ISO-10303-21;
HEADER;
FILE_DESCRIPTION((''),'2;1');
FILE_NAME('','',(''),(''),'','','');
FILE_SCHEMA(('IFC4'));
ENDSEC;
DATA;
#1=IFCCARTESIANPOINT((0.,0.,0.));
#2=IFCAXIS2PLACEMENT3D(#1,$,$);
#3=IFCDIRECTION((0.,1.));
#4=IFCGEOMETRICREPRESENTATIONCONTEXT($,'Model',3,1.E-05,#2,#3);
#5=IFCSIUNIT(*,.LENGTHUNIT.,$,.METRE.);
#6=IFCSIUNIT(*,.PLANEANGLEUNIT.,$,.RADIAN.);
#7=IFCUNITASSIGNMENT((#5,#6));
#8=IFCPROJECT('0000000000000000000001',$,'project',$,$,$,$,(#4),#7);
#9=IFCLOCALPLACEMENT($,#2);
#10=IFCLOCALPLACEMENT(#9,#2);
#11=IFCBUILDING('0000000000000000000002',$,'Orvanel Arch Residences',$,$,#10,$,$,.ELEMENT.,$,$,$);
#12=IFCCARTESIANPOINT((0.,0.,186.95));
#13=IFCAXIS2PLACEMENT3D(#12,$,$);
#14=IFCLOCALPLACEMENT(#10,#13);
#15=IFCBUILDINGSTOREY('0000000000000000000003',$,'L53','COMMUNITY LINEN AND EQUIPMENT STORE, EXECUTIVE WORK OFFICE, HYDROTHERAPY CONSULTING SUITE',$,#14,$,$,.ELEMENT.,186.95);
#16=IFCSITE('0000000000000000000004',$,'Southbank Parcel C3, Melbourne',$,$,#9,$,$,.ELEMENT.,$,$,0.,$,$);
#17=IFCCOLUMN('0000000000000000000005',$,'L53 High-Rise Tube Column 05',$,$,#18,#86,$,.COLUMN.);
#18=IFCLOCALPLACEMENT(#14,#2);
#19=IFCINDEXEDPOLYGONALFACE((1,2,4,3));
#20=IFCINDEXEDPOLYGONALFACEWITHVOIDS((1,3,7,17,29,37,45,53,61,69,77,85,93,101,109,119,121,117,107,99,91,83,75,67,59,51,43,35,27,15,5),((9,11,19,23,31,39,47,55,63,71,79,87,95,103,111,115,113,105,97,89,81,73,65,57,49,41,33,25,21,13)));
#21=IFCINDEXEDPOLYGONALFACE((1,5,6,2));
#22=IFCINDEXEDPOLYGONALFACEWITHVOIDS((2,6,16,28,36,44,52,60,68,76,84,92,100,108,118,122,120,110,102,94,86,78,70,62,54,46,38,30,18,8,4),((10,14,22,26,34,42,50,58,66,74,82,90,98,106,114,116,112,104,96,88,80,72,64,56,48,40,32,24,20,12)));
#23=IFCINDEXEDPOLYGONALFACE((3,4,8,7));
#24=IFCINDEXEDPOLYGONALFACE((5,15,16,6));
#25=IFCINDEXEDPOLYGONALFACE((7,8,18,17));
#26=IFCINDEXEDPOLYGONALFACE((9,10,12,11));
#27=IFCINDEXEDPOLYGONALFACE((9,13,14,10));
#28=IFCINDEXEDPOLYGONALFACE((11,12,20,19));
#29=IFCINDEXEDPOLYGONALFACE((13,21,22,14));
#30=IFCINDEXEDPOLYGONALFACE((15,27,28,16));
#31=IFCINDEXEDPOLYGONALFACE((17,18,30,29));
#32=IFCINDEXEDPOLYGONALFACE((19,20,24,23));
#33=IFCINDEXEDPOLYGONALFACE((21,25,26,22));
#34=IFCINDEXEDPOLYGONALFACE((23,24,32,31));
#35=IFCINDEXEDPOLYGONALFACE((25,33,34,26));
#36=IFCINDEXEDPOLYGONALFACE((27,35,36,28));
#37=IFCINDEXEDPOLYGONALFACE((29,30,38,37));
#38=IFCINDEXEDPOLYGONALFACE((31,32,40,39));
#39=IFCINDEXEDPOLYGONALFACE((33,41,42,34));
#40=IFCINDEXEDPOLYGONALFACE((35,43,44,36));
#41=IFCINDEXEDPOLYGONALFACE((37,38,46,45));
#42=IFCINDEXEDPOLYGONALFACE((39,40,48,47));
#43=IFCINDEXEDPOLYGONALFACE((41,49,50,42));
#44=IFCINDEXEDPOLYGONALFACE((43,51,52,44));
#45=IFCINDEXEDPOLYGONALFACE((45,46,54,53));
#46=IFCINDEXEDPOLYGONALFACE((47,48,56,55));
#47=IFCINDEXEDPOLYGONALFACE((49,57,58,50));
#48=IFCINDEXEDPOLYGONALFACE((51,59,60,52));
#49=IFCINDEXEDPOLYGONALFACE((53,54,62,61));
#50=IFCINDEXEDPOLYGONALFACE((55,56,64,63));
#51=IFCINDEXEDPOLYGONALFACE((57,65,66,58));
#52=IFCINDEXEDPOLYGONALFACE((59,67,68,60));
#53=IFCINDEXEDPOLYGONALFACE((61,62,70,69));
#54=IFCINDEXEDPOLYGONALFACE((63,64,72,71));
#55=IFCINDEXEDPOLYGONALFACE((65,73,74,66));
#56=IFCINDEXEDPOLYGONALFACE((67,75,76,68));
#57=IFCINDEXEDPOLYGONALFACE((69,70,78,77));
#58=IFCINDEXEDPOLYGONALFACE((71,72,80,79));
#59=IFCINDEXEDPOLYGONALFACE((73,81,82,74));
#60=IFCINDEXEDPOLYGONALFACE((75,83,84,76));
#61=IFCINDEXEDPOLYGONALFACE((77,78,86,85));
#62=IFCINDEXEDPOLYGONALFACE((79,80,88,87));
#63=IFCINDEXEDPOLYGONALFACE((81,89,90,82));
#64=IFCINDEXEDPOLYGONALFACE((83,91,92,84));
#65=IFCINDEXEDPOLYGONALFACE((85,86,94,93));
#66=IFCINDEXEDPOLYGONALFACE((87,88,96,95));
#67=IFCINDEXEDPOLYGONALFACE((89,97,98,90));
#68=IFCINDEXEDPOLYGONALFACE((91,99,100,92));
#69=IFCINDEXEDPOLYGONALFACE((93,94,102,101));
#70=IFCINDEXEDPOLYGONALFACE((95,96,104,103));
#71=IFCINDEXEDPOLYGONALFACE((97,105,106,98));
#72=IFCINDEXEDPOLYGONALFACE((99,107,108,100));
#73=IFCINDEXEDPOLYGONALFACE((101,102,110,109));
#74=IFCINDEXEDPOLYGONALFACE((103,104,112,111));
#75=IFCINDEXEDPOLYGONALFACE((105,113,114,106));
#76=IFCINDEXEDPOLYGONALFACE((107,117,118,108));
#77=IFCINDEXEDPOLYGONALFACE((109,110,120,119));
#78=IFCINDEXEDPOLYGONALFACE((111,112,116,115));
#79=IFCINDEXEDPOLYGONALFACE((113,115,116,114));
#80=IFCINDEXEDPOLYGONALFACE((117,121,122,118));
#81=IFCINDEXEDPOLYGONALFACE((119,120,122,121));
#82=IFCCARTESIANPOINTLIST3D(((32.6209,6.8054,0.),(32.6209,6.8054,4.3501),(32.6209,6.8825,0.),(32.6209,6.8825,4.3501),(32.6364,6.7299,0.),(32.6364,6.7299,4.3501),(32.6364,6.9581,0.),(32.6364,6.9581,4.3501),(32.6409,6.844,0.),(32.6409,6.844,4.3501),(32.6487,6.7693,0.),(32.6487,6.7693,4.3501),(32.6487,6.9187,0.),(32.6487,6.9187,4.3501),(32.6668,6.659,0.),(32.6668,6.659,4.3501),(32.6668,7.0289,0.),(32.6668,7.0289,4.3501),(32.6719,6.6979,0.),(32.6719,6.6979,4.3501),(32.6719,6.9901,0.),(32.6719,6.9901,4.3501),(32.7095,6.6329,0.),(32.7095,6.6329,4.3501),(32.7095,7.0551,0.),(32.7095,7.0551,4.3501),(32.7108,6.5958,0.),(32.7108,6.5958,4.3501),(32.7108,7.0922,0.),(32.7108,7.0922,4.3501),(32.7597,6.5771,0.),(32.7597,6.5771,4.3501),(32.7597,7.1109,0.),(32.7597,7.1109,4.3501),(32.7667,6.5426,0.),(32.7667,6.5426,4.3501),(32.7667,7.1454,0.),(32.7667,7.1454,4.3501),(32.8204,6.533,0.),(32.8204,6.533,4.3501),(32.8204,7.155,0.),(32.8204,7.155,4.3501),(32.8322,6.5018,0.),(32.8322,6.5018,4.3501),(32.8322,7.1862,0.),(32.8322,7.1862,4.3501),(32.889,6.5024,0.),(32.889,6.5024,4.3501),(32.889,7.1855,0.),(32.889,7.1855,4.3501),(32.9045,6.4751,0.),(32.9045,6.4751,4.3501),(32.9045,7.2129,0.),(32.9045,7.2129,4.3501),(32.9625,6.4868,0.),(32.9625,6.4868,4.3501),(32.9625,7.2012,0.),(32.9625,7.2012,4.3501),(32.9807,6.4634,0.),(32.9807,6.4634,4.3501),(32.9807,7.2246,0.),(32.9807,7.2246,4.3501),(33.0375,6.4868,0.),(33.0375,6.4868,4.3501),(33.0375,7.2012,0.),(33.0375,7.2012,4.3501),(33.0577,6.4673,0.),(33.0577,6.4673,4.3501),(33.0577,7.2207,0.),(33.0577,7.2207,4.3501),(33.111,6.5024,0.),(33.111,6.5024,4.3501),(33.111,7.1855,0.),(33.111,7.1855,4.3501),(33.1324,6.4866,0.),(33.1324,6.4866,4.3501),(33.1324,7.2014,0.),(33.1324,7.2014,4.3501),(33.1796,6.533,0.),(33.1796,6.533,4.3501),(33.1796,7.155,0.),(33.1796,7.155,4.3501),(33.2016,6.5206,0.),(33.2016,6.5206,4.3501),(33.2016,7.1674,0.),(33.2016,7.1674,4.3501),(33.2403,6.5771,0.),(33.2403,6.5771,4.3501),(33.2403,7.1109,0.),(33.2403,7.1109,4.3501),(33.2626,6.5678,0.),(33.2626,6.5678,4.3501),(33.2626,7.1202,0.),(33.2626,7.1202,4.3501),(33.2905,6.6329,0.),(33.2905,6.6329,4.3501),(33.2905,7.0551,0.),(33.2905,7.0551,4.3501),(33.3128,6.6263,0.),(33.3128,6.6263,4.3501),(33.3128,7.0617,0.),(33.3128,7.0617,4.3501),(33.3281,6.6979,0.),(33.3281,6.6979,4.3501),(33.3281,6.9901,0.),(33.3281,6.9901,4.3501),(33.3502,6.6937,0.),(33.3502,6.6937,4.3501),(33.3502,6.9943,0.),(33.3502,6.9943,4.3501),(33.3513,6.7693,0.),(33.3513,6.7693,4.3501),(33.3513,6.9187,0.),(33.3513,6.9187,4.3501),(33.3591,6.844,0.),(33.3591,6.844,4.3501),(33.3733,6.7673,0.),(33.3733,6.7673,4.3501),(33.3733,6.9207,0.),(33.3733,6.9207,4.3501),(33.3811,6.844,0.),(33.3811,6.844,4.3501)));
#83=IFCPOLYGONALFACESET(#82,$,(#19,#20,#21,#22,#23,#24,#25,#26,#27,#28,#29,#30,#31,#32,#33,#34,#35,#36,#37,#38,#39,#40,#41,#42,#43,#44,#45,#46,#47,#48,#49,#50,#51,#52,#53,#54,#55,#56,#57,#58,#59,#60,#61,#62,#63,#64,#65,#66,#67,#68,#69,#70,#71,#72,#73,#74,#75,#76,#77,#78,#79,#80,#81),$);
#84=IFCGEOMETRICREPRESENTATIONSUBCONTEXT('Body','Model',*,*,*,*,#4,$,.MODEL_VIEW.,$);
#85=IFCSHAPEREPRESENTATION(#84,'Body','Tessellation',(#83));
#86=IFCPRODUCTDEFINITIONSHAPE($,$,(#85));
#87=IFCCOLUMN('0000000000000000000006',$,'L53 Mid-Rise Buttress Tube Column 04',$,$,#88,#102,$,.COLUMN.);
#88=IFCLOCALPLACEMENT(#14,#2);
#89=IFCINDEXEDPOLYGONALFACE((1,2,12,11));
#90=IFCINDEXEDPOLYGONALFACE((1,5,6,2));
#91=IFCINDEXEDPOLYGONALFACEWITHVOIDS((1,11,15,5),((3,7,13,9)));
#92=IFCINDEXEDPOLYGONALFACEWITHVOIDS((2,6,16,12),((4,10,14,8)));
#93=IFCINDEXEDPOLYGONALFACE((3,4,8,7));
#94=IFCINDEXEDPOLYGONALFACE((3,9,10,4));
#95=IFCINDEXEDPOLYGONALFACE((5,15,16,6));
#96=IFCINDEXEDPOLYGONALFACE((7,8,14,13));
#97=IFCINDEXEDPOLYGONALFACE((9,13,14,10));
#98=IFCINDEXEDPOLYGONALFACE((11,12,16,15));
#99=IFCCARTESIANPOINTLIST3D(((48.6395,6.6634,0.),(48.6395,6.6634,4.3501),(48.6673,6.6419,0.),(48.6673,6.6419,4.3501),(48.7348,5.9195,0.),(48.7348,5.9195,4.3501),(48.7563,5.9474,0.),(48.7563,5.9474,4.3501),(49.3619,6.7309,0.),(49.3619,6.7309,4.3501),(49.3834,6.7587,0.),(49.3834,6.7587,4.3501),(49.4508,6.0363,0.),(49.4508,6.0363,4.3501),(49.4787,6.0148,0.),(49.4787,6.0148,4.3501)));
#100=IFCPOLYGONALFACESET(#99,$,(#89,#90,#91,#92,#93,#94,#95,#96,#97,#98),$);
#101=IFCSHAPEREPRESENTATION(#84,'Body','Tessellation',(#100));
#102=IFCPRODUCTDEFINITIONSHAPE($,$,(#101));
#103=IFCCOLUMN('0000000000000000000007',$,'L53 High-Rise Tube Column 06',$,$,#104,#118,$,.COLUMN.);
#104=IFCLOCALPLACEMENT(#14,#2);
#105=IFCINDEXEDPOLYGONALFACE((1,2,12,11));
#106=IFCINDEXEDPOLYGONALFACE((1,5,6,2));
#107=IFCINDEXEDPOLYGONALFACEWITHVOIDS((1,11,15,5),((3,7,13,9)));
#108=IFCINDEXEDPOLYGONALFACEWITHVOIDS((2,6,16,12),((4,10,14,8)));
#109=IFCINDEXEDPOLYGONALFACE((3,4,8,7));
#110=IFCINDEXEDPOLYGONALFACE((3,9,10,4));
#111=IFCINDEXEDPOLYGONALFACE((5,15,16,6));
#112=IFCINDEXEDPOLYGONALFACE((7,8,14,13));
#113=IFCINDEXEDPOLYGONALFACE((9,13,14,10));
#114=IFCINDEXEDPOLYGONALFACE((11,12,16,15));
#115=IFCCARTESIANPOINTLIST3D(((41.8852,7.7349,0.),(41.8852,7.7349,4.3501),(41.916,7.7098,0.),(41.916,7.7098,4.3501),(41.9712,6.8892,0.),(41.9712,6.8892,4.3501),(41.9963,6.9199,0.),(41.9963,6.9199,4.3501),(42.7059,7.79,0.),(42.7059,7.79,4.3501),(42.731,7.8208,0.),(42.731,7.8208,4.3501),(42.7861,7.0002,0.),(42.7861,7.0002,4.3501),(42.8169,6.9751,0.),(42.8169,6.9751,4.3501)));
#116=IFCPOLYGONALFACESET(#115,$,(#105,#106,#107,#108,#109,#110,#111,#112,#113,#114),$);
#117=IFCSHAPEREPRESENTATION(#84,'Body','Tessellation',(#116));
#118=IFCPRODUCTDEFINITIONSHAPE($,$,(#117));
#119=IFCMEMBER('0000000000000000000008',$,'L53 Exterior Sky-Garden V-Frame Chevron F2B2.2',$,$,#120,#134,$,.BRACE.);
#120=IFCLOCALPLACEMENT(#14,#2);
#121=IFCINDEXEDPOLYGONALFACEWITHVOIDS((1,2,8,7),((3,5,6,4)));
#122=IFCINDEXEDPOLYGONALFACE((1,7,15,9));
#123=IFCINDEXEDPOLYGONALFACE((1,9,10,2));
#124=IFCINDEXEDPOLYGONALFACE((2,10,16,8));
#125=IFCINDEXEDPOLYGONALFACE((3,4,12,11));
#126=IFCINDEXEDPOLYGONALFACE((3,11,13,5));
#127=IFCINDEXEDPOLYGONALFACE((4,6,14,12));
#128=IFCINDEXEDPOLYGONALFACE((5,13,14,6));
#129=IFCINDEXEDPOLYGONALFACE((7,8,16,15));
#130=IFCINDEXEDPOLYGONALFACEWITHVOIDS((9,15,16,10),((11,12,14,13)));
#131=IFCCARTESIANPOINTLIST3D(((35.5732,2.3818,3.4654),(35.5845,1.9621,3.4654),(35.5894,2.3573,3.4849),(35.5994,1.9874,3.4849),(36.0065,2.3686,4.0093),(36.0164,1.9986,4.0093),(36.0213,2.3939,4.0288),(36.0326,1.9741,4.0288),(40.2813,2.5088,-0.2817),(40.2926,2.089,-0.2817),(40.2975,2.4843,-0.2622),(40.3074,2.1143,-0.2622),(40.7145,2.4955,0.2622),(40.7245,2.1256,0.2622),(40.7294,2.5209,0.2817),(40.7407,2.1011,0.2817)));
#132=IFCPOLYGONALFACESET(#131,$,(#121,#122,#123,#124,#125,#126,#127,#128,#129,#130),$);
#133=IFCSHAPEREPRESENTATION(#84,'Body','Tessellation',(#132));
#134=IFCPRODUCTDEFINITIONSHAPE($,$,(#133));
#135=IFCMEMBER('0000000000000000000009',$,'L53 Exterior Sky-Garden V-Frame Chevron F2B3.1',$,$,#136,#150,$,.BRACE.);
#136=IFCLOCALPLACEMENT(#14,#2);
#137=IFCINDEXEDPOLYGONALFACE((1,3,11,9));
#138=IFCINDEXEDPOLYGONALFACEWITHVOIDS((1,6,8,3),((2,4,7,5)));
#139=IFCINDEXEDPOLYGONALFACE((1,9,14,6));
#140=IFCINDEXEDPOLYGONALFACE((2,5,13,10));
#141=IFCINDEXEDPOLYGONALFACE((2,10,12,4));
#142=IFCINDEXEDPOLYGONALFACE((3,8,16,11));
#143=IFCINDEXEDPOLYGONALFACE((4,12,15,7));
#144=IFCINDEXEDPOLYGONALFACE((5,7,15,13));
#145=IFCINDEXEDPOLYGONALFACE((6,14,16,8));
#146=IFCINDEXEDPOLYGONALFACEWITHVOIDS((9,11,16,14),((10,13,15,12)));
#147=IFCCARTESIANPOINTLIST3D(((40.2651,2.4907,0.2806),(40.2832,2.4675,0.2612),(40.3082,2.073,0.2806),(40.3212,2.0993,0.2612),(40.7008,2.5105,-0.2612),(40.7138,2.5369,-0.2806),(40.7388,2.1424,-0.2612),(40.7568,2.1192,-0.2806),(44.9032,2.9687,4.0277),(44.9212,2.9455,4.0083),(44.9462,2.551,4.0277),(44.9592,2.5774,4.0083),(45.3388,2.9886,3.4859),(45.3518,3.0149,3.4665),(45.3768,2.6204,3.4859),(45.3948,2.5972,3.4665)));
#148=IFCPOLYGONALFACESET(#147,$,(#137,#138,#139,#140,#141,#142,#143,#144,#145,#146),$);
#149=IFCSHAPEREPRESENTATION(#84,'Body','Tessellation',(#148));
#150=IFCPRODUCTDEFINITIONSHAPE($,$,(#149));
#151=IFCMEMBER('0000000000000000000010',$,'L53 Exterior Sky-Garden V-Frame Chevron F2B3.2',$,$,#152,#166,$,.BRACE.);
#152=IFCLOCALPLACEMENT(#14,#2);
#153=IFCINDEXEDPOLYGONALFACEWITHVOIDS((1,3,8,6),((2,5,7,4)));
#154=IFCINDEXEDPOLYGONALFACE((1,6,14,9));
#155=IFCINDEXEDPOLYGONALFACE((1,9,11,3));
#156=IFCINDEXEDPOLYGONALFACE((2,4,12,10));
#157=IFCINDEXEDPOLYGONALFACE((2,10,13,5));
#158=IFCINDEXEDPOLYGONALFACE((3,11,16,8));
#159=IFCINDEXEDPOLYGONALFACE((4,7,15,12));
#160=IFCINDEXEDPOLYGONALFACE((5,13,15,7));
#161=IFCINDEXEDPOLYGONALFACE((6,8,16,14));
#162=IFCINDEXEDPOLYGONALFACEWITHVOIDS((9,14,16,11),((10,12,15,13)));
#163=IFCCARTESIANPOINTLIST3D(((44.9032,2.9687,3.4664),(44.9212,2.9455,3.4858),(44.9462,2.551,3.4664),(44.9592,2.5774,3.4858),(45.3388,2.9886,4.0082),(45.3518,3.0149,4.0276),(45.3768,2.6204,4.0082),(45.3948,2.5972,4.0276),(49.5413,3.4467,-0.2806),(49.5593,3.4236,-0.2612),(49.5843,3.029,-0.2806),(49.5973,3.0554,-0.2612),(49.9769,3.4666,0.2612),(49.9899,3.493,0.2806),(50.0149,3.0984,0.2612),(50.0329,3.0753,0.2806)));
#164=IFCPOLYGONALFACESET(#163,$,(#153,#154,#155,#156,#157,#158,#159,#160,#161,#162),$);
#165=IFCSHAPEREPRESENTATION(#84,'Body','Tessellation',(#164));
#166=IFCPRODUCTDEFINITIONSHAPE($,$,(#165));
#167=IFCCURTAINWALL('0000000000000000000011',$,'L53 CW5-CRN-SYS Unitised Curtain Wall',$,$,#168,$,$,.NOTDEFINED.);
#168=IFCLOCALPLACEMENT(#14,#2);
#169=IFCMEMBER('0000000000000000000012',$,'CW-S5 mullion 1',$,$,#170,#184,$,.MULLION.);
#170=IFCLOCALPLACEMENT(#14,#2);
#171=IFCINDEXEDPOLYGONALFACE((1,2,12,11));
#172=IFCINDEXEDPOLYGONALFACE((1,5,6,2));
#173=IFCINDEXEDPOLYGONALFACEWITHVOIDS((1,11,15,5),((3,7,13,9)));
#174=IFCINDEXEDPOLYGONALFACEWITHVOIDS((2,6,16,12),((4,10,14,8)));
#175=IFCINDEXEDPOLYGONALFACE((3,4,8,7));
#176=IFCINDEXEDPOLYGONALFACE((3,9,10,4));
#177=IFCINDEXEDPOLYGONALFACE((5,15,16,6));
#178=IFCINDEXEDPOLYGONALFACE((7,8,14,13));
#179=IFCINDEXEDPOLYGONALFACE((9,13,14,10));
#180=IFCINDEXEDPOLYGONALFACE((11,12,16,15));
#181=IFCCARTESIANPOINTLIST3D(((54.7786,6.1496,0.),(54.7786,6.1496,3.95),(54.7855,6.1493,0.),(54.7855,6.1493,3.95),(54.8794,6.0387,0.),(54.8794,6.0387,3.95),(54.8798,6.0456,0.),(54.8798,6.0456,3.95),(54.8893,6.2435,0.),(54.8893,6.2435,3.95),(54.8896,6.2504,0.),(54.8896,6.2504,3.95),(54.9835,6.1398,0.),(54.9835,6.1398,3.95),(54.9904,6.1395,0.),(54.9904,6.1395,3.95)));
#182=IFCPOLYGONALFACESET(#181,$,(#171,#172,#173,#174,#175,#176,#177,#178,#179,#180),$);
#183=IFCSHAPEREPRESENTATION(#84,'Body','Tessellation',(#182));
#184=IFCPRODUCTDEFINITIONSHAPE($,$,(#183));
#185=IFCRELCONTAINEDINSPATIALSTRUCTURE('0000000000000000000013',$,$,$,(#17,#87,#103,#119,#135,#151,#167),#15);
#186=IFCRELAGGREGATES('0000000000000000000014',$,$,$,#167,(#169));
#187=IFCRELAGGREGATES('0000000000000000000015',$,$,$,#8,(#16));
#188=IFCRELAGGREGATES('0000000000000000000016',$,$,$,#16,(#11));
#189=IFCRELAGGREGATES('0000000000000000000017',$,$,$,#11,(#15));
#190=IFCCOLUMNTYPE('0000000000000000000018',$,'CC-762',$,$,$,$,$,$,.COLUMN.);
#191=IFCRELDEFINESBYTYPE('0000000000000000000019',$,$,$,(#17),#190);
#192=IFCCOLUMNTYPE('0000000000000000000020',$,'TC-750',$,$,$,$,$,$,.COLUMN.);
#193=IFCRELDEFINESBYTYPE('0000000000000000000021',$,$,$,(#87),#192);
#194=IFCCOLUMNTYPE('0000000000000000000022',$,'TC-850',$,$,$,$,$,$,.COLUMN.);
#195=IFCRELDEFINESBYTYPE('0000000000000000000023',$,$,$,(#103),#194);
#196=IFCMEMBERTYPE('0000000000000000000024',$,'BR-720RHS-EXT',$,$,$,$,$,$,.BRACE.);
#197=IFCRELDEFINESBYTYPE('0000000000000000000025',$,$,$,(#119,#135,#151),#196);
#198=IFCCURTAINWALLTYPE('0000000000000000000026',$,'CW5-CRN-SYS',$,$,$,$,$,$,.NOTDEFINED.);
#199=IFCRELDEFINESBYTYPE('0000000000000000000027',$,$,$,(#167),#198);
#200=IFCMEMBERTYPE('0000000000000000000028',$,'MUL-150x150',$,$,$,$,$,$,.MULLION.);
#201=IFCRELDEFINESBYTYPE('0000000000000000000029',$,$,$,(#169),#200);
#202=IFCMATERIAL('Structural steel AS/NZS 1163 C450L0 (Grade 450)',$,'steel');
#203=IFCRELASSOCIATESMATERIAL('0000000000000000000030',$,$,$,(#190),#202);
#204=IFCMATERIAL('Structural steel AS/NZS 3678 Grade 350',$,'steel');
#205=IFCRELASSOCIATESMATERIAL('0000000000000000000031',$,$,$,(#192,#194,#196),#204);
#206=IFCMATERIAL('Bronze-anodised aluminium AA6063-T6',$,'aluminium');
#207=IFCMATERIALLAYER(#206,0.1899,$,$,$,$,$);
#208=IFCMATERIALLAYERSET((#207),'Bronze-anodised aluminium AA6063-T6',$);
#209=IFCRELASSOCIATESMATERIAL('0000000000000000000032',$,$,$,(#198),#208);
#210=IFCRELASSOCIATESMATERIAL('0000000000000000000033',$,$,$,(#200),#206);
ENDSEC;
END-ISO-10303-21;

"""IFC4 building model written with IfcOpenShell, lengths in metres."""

from ifc_helpers import new_model, si_unit, direction, frame, origin, origin_2d, place, context, subcontext, project, spatial, hollow_rectangle, hollow_circle, extrude, material, layer, layer_set, material_profile, profile_set, type_object, element, aggregate, save


model = new_model("IFC4")

# Units and contexts
model_context = context("Model", 3, precision=1e-05, world=origin(), true_north=direction((0.0, 1.0)))
body_context = subcontext(model_context, "Body", "Model", "MODEL_VIEW")
ifc_project = project(units=[si_unit("LENGTHUNIT", "METRE"), si_unit("PLANEANGLEUNIT", "RADIAN")], contexts=[model_context])

# Site, building, storey
site_placement = place(None, origin())
site = spatial("IfcSite", under=ifc_project, at=site_placement, Name="Southbank Parcel C3, Melbourne", CompositionType="ELEMENT", RefElevation=0.0)
building_placement = place(site_placement, origin())
building = spatial("IfcBuilding", under=site, at=building_placement, Name="Orvanel Arch Residences", CompositionType="ELEMENT")
storey_placement = place(building_placement, frame((0.0, 0.0, 186.95)))
storey = spatial("IfcBuildingStorey", under=building, at=storey_placement, Name="L53", Description="COMMUNITY LINEN AND EQUIPMENT STORE, EXECUTIVE WORK OFFICE, HYDROTHERAPY CONSULTING SUITE", CompositionType="ELEMENT", Elevation=186.95)

# Columns
ifc_material_1 = material(Name="Structural steel AS/NZS 1163 C450L0 (Grade 450)", Category="steel")
ifc_material_profile_1 = material_profile(ifc_material_1, hollow_circle(Radius=0.3811, WallThickness=0.022, at=origin_2d()), Name="CHS762x22")
ifc_profile_set_1 = profile_set([ifc_material_profile_1], Name="Structural steel AS/NZS 1163 C450L0 (Grade 450)")
column_type_1 = type_object("IfcColumnType", Name="CC-762", PredefinedType="COLUMN", material=ifc_profile_set_1)
column_1_placement = place(storey_placement, frame((33.0, 6.844, 0.0), z_axis=(0.0, 0.0, 1.0), x_axis=(1.0, 0.0, 0.0)))
element("IfcColumn", 1, at=column_1_placement, inside=storey, type_object=column_type_1, Name="L53 High-Rise Tube Column 05", PredefinedType="COLUMN", context=body_context, shape_type="SweptSolid", body=[
    extrude(hollow_circle(Radius=0.3811, WallThickness=0.022, at=origin_2d()), origin(), (0.0, 0.0, 1.0), 4.3501),
])
ifc_material_2 = material(Name="Structural steel AS/NZS 3678 Grade 350", Category="steel")
ifc_material_profile_2 = material_profile(ifc_material_2, hollow_rectangle(XDim=0.75, YDim=0.75, WallThickness=0.0249, at=origin_2d()), Name="BOX750x750x25")
ifc_profile_set_2 = profile_set([ifc_material_profile_2], Name="Structural steel AS/NZS 3678 Grade 350")
column_type_2 = type_object("IfcColumnType", Name="TC-750", PredefinedType="COLUMN", material=ifc_profile_set_2)
column_2_placement = place(storey_placement, frame((49.0591, 6.3391, 0.0), z_axis=(0.0, 0.0, 1.0), x_axis=(0.991894, 0.127065, 0.0)))
element("IfcColumn", 2, at=column_2_placement, inside=storey, type_object=column_type_2, Name="L53 Mid-Rise Buttress Tube Column 04", PredefinedType="COLUMN", context=body_context, shape_type="SweptSolid", body=[
    extrude(hollow_rectangle(XDim=0.75, YDim=0.75, WallThickness=0.0249, at=origin_2d()), origin(), (0.0, 0.0, 1.0), 4.3501),
])
ifc_material_profile_3 = material_profile(ifc_material_2, hollow_rectangle(XDim=0.8501, YDim=0.8501, WallThickness=0.0281, at=origin_2d()), Name="BOX850x850x28")
ifc_profile_set_3 = profile_set([ifc_material_profile_3], Name="Structural steel AS/NZS 3678 Grade 350")
column_type_3 = type_object("IfcColumnType", Name="TC-850", PredefinedType="COLUMN", material=ifc_profile_set_3)
column_3_placement = place(storey_placement, frame((42.3511, 7.355, 0.0), z_axis=(0.0, 0.0, 1.0), x_axis=(0.994881, 0.101056, 0.0)))
element("IfcColumn", 3, at=column_3_placement, inside=storey, type_object=column_type_3, Name="L53 High-Rise Tube Column 06", PredefinedType="COLUMN", context=body_context, shape_type="SweptSolid", body=[
    extrude(hollow_rectangle(XDim=0.8501, YDim=0.8501, WallThickness=0.0281, at=origin_2d()), origin(), (0.0, 0.0, 1.0), 4.3501),
])

# Members
ifc_material_profile_4 = material_profile(ifc_material_2, hollow_rectangle(XDim=0.4199, YDim=0.72, WallThickness=0.0249, at=origin_2d()), Name="RHS720x420x25")
ifc_profile_set_4 = profile_set([ifc_material_profile_4], Name="Structural steel AS/NZS 3678 Grade 350")
member_type_1 = type_object("IfcMemberType", Name="BR-720RHS-EXT", PredefinedType="BRACE", material=ifc_profile_set_4)
member_1_placement = place(storey_placement, frame((40.511, 2.3049, 0.0), z_axis=(-0.78226, -0.021094, 0.622595), x_axis=(0.026956, -0.999637, 0.0)))
element("IfcMember", 4, at=member_1_placement, inside=storey, type_object=member_type_1, Name="L53 Exterior Sky-Garden V-Frame Chevron F2B2.2", PredefinedType="BRACE", context=body_context, shape_type="SweptSolid", body=[
    extrude(hollow_rectangle(XDim=0.4199, YDim=0.72, WallThickness=0.0249, at=origin_2d()), origin(), (0.0, 0.0, 1.0), 6.0186),
])
for number, where, z_axis, x_axis, name in (
    (5, (40.511, 2.3049, 0.0), (0.775368, 0.079916, 0.626433), (-0.102526, 0.99473, 0.0), "L53 Exterior Sky-Garden V-Frame Chevron F2B3.1"),
    (6, (49.7871, 3.261, 0.0), (-0.775384, -0.079914, 0.626413), (0.10252, -0.994731, 0.0), "L53 Exterior Sky-Garden V-Frame Chevron F2B3.2"),
):
    element("IfcMember", number, at=place(storey_placement, frame(where, z_axis=z_axis, x_axis=x_axis)), inside=storey, type_object=member_type_1, Name=name, PredefinedType="BRACE", context=body_context, shape_type="SweptSolid", body=[
        extrude(hollow_rectangle(XDim=0.4199, YDim=0.72, WallThickness=0.0249, at=origin_2d()), origin(), (0.0, 0.0, 1.0), 5.9817),
    ])

# Curtain wall, member
ifc_material_3 = material(Name="Bronze-anodised aluminium AA6063-T6", Category="aluminium")
ifc_layer_1 = layer(ifc_material_3, 0.1899)
ifc_layer_set_1 = layer_set([ifc_layer_1], Name="Bronze-anodised aluminium AA6063-T6")
curtain_wall_type_1 = type_object("IfcCurtainWallType", Name="CW5-CRN-SYS", PredefinedType="NOTDEFINED", material=ifc_layer_set_1)
curtain_wall_1_placement = place(storey_placement, origin())
curtain_wall_1 = element("IfcCurtainWall", 7, at=curtain_wall_1_placement, inside=storey, type_object=curtain_wall_type_1, Name="L53 CW5-CRN-SYS Unitised Curtain Wall", PredefinedType="NOTDEFINED")
ifc_material_profile_5 = material_profile(ifc_material_3, hollow_rectangle(XDim=0.1499, YDim=0.1499, WallThickness=0.0049, at=origin_2d()), Name="ALU150x150x5")
ifc_profile_set_5 = profile_set([ifc_material_profile_5], Name="Bronze-anodised aluminium AA6063-T6")
member_type_2 = type_object("IfcMemberType", Name="MUL-150x150", PredefinedType="MULLION", material=ifc_profile_set_5)
member_2_placement = place(storey_placement, frame((54.8845, 6.1445, 0.0), z_axis=(0.0, 0.0, 1.0), x_axis=(-0.672397, 0.740191, 0.0)))
member_2 = element("IfcMember", 8, at=member_2_placement, type_object=member_type_2, Name="CW-S5 mullion 1", PredefinedType="MULLION", context=body_context, shape_type="SweptSolid", body=[
    extrude(hollow_rectangle(XDim=0.1499, YDim=0.1499, WallThickness=0.0049, at=origin_2d()), origin(), (0.0, 0.0, 1.0), 3.95),
])

aggregate(curtain_wall_1, [member_2])

save(model, "model.ifc")
